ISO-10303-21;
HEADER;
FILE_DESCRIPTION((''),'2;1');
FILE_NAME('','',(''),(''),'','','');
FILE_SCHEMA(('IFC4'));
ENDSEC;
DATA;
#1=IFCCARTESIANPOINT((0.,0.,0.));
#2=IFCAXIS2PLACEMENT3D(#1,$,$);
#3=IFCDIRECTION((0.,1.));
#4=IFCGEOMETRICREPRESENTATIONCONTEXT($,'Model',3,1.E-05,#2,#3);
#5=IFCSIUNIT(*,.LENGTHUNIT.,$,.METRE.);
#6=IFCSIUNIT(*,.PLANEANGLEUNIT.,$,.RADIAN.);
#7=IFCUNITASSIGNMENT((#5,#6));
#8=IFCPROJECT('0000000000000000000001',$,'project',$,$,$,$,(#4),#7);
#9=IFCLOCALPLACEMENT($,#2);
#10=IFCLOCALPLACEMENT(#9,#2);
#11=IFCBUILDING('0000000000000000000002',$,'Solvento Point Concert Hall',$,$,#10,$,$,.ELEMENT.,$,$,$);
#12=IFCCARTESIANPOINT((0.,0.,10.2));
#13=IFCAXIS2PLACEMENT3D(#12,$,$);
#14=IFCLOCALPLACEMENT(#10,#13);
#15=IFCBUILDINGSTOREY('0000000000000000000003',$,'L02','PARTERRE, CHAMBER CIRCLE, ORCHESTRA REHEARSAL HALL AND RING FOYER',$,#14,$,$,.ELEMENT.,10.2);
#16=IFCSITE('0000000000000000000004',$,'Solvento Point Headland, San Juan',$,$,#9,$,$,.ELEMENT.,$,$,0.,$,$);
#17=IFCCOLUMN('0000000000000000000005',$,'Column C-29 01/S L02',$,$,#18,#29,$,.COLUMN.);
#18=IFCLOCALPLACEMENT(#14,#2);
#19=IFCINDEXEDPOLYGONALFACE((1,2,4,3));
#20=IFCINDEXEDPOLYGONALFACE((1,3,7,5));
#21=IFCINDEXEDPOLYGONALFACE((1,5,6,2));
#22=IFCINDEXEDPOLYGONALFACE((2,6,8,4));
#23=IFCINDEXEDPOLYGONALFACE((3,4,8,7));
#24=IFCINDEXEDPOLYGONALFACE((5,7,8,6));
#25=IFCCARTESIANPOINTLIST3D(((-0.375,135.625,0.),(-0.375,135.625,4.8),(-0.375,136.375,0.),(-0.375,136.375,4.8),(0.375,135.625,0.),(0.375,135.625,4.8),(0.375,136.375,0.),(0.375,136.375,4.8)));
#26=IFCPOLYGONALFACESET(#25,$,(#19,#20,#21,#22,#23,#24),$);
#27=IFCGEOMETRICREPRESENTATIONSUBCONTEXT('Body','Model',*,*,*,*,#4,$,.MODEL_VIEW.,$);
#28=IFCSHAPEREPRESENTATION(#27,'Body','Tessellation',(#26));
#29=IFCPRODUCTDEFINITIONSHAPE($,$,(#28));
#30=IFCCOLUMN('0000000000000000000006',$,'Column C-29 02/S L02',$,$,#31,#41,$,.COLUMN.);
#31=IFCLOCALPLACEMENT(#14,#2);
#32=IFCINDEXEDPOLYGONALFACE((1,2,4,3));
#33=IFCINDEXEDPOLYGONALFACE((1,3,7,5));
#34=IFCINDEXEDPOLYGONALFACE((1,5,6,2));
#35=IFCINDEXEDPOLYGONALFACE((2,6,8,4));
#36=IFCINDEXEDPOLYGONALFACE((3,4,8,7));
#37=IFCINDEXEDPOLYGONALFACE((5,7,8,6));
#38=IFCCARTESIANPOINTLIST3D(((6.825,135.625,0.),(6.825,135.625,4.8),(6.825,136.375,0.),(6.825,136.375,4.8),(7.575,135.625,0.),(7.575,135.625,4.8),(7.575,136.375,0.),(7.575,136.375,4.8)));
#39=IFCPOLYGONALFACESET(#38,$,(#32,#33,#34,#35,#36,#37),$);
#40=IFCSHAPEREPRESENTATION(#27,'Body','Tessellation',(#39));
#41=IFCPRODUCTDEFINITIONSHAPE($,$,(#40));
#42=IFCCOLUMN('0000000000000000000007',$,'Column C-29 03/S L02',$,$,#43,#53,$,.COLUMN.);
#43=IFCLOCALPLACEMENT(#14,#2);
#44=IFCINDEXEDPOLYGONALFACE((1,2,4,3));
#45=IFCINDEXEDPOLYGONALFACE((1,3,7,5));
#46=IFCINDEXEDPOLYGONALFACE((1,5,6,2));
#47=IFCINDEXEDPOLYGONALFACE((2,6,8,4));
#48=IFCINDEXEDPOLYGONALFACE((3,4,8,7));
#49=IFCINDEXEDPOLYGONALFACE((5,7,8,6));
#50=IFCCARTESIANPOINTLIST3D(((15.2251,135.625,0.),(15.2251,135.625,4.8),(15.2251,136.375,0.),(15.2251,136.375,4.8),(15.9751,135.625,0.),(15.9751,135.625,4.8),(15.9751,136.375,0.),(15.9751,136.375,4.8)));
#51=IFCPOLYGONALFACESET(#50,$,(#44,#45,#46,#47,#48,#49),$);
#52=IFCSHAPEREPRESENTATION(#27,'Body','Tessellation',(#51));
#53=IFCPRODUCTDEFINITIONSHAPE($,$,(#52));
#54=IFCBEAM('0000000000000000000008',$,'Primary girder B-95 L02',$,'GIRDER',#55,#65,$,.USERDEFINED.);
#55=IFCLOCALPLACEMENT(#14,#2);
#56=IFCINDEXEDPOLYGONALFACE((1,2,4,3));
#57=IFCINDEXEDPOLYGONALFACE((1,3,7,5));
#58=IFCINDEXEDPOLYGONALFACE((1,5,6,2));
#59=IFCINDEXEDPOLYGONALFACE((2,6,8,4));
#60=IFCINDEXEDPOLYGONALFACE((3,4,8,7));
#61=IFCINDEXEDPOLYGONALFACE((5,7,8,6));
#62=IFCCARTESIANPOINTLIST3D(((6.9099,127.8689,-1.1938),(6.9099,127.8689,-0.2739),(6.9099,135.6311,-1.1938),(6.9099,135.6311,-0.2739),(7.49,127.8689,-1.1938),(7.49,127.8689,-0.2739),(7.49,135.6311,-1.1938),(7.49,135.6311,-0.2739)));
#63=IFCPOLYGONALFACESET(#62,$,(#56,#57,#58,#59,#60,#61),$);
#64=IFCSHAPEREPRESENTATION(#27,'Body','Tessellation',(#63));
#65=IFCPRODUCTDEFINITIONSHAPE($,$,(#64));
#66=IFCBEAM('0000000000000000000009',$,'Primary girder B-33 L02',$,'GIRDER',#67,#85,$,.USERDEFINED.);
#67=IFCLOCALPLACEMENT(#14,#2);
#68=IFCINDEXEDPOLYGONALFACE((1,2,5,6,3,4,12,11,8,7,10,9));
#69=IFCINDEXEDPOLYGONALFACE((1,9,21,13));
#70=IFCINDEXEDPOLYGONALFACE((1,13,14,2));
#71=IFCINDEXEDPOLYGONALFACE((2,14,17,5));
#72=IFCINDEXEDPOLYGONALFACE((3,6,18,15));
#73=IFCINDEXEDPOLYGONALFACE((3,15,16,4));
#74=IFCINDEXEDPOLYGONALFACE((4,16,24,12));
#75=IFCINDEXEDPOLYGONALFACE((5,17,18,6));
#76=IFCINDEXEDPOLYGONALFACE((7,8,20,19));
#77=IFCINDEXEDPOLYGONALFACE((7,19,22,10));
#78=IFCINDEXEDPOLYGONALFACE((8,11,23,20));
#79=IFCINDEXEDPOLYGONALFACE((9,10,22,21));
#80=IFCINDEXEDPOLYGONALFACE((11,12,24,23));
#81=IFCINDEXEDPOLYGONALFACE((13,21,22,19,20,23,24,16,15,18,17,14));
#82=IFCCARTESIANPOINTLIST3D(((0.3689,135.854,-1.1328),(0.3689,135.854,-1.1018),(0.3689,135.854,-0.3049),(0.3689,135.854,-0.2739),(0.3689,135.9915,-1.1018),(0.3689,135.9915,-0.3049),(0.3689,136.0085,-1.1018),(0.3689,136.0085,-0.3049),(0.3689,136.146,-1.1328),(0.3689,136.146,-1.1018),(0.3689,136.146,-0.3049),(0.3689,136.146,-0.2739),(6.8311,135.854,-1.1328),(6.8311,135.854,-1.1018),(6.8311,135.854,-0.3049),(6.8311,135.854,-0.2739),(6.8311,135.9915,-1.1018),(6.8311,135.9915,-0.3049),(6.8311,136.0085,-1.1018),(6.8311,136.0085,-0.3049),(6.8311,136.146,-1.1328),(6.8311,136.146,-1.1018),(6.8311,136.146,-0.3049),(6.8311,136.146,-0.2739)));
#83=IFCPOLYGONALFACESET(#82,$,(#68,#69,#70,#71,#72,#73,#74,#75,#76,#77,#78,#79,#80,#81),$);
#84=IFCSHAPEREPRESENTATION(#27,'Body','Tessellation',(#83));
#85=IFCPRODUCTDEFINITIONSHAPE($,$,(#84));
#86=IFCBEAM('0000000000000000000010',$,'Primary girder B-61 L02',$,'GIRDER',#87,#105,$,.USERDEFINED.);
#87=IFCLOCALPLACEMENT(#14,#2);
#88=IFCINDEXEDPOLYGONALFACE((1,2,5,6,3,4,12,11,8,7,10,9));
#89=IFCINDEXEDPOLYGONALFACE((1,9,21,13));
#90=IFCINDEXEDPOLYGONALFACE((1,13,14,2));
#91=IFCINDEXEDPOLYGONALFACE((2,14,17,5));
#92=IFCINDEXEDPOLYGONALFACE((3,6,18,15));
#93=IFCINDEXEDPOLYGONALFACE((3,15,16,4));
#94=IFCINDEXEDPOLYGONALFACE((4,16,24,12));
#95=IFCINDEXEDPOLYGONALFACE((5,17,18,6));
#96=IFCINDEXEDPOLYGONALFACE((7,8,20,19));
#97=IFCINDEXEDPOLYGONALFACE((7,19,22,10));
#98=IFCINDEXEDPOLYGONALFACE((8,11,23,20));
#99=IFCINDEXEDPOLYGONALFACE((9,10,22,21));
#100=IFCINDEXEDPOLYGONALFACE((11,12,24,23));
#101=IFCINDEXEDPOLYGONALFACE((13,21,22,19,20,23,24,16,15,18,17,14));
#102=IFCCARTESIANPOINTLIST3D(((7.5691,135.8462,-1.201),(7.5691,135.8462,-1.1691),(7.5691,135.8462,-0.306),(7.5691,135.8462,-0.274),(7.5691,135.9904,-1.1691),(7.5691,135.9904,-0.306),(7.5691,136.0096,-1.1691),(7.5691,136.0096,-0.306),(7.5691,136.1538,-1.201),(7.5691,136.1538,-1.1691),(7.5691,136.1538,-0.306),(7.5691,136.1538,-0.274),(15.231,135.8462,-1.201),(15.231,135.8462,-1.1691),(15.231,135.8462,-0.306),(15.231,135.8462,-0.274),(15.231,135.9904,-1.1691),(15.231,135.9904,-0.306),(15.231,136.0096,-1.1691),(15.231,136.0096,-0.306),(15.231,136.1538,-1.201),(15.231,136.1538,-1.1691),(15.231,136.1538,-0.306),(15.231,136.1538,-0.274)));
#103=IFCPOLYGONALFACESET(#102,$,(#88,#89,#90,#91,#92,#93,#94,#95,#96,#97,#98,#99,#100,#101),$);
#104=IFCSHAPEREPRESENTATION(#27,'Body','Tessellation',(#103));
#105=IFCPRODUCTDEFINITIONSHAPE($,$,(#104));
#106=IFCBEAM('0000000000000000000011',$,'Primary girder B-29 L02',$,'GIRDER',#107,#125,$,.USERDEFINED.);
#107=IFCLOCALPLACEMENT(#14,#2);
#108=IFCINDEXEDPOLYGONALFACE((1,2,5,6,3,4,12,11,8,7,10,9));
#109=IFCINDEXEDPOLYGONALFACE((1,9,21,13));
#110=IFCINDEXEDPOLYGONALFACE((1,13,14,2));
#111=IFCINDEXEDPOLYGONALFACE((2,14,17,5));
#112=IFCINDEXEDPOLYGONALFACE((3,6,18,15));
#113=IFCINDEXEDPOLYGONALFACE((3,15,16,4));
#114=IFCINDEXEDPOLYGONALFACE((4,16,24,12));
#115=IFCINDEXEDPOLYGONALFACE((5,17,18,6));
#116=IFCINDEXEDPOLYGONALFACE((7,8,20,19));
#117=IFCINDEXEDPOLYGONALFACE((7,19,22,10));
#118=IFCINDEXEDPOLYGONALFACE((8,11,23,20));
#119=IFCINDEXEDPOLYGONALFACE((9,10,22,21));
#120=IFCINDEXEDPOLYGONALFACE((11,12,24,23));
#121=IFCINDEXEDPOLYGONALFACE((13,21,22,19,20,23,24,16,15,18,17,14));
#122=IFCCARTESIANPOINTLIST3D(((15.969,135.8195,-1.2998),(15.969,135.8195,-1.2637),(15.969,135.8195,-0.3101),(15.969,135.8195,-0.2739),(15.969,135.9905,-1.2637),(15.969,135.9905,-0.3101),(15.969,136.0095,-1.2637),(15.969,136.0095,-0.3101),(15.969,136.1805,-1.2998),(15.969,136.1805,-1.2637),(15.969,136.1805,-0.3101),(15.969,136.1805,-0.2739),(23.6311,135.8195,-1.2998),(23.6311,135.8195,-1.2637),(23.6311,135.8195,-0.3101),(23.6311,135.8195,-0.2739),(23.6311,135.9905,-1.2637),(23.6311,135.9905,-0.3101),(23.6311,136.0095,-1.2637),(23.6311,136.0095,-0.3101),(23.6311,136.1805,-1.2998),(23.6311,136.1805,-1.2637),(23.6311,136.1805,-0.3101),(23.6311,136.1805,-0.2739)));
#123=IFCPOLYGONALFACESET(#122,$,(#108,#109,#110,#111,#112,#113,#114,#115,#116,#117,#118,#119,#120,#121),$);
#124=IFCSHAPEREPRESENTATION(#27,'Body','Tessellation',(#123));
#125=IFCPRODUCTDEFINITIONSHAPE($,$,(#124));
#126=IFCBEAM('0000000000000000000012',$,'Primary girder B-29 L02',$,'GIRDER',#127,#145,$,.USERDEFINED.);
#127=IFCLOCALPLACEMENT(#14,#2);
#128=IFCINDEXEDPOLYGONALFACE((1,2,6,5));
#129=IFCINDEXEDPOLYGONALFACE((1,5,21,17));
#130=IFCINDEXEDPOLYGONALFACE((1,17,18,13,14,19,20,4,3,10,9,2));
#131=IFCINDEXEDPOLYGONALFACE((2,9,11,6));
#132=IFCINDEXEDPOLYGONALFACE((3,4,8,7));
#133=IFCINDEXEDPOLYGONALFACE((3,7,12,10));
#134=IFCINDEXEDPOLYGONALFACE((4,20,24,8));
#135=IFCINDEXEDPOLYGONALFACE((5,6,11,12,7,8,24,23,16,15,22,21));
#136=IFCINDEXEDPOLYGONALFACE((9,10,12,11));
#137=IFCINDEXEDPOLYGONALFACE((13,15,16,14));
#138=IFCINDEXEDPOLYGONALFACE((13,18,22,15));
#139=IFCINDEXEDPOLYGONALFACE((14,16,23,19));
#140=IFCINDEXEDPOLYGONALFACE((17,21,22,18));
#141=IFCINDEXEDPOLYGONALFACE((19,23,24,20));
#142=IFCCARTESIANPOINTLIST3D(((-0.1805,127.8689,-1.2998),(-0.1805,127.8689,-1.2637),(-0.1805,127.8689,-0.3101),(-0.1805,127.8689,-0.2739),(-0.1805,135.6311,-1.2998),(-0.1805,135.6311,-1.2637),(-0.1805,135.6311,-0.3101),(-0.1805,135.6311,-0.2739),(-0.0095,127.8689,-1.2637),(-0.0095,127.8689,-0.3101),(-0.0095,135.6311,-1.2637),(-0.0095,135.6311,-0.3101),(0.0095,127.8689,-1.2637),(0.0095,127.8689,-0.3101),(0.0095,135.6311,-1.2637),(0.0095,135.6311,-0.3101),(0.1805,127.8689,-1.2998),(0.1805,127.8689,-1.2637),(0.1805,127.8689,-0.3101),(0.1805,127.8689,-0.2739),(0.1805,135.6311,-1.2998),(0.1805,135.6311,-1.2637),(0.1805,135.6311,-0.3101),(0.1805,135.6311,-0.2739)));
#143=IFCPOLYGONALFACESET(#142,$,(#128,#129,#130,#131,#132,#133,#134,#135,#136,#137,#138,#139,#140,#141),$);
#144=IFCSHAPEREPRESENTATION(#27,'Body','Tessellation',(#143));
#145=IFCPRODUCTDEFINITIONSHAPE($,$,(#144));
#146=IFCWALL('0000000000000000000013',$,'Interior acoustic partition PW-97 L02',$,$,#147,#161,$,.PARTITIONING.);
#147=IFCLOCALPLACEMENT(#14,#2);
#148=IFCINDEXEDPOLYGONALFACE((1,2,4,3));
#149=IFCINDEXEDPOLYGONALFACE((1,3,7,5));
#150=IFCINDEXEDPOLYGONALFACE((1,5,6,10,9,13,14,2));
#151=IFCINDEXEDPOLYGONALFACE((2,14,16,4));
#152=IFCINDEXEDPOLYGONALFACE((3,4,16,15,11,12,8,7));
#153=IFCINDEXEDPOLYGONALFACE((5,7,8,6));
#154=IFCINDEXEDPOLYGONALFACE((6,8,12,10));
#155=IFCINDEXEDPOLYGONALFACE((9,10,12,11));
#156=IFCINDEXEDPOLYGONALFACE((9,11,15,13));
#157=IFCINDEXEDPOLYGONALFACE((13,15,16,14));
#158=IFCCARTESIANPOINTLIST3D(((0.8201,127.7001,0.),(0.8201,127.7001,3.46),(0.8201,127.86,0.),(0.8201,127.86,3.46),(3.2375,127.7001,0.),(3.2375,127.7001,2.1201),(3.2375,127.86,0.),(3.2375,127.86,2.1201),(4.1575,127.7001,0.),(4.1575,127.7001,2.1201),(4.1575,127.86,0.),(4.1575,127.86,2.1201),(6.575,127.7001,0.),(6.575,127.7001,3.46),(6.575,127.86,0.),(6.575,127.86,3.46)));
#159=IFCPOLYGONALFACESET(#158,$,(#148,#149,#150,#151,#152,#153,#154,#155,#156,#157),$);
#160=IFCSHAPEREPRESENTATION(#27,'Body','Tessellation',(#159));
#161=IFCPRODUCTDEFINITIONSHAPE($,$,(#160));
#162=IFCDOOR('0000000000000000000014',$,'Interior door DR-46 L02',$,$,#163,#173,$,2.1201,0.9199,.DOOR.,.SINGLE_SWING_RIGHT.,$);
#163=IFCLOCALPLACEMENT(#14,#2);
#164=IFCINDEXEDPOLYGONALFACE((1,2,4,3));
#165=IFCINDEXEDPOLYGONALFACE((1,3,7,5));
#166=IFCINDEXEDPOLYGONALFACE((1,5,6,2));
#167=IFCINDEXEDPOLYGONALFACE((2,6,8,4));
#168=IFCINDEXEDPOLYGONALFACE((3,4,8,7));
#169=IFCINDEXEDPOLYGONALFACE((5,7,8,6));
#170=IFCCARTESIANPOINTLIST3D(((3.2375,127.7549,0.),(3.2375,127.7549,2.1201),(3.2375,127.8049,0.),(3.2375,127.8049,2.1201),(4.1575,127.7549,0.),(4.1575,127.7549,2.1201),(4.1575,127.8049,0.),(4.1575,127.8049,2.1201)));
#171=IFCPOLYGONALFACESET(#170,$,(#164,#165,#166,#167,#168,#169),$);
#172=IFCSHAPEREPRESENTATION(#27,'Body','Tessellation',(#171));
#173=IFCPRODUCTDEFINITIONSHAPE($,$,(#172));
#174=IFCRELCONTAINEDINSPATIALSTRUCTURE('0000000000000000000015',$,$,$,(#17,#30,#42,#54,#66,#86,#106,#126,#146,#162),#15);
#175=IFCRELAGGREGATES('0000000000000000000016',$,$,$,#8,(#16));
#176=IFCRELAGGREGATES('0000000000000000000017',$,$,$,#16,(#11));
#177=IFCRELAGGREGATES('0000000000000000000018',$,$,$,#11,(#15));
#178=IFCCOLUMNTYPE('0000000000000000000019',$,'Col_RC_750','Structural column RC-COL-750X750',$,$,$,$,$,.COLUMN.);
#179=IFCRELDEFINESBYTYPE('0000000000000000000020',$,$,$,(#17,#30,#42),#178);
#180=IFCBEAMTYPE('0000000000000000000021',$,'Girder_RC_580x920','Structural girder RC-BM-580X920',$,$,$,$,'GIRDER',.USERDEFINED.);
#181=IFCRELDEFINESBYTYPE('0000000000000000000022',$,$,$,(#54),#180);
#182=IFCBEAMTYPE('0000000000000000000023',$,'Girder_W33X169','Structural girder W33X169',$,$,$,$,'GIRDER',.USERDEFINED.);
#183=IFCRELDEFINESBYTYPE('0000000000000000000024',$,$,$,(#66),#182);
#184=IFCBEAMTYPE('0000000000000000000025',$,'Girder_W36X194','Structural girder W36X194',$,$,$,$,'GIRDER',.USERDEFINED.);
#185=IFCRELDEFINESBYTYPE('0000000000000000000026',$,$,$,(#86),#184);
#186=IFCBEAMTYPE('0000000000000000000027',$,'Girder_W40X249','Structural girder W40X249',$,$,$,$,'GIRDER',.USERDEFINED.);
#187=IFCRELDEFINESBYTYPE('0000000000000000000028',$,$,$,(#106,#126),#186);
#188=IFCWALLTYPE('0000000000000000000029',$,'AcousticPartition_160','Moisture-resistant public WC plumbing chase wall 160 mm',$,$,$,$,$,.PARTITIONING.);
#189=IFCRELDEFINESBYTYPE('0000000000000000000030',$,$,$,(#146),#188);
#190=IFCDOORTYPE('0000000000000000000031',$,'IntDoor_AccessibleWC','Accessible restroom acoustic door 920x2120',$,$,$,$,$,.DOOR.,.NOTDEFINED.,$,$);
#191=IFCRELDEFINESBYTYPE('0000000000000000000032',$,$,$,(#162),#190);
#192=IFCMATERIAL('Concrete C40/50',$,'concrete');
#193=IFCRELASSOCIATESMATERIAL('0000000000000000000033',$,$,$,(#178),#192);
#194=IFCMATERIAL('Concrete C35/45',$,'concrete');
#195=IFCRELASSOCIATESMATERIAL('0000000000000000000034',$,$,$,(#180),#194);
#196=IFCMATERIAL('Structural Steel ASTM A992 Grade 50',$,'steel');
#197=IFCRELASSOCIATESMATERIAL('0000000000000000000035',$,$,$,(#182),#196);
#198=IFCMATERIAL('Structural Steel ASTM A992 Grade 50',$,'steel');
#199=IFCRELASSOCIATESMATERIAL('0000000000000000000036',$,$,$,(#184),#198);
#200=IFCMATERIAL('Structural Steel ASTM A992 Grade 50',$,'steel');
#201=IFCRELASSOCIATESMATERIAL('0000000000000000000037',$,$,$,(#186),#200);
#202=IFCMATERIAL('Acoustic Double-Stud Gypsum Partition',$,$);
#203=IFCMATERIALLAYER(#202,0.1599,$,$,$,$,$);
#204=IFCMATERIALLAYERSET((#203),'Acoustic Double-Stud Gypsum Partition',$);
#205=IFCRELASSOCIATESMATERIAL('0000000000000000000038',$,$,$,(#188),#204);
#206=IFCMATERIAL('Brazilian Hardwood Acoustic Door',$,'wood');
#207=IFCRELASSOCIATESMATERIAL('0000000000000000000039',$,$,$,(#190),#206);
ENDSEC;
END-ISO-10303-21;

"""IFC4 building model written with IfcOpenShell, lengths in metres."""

from ifc_helpers import new_model, si_unit, direction, frame, frame_2d, origin, origin_2d, place, context, subcontext, project, spatial, rectangle, i_section, extrude, material, layer, layer_set, material_profile, profile_set, type_object, element, fill, save


model = new_model("IFC4")

# Units and contexts
model_context = context("Model", 3, precision=1e-05, world=origin(), true_north=direction((0.0, 1.0)))
body_context = subcontext(model_context, "Body", "Model", "MODEL_VIEW")
ifc_project = project(units=[si_unit("LENGTHUNIT", "METRE"), si_unit("PLANEANGLEUNIT", "RADIAN")], contexts=[model_context])

# Site, building, storey
site_placement = place(None, origin())
site = spatial("IfcSite", under=ifc_project, at=site_placement, Name="Solvento Point Headland, San Juan", CompositionType="ELEMENT", RefElevation=0.0)
building_placement = place(site_placement, origin())
building = spatial("IfcBuilding", under=site, at=building_placement, Name="Solvento Point Concert Hall", CompositionType="ELEMENT")
storey_placement = place(building_placement, frame((0.0, 0.0, 10.2)))
storey = spatial("IfcBuildingStorey", under=building, at=storey_placement, Name="L02", Description="PARTERRE, CHAMBER CIRCLE, ORCHESTRA REHEARSAL HALL AND RING FOYER", CompositionType="ELEMENT", Elevation=10.2)

# Columns
ifc_material_1 = material(Name="Concrete C40/50", Category="concrete")
ifc_material_profile_1 = material_profile(ifc_material_1, rectangle(XDim=0.75, YDim=0.75, at=origin_2d()), Name="RC-COL-750X750")
ifc_profile_set_1 = profile_set([ifc_material_profile_1], Name="Concrete C40/50")
column_type = type_object("IfcColumnType", Name="Col_RC_750", Description="Structural column RC-COL-750X750", PredefinedType="COLUMN", material=ifc_profile_set_1)
for number, where, z_axis, x_axis, name in (
    (1, (0.0, 136.0, 0.0), (0.0, 0.0, 1.0), (1.0, 0.0, 0.0), "Column C-29 01/S L02"),
    (2, (7.2, 136.0, 0.0), (0.0, 0.0, 1.0), (1.0, 0.0, 0.0), "Column C-29 02/S L02"),
    (3, (15.6001, 136.0, 0.0), (0.0, 0.0, 1.0), (1.0, 0.0, 0.0), "Column C-29 03/S L02"),
):
    element("IfcColumn", number, at=place(storey_placement, frame(where, z_axis=z_axis, x_axis=x_axis)), inside=storey, type_object=column_type, Name=name, PredefinedType="COLUMN", context=body_context, shape_type="SweptSolid", body=[
        extrude(rectangle(XDim=0.75, YDim=0.75, at=origin_2d()), origin(), (0.0, 0.0, 1.0), 4.8),
    ])

# Beams
ifc_material_2 = material(Name="Concrete C35/45", Category="concrete")
ifc_material_profile_2 = material_profile(ifc_material_2, rectangle(XDim=0.5801, YDim=0.9199, at=origin_2d()), Name="RC-BM-580X920")
ifc_profile_set_2 = profile_set([ifc_material_profile_2], Name="Concrete C35/45")
beam_type_1 = type_object("IfcBeamType", Name="Girder_RC_580x920", Description="Structural girder RC-BM-580X920", ElementType="GIRDER", PredefinedType="USERDEFINED", material=ifc_profile_set_2)
beam_1_placement = place(storey_placement, frame((7.2, 127.8689, -0.7339), z_axis=(0.0, 1.0, 0.0), x_axis=(-1.0, 0.0, 0.0)))
element("IfcBeam", 4, at=beam_1_placement, inside=storey, type_object=beam_type_1, Name="Primary girder B-95 L02", ObjectType="GIRDER", PredefinedType="USERDEFINED", context=body_context, shape_type="SweptSolid", body=[
    extrude(rectangle(XDim=0.5801, YDim=0.9199, at=origin_2d()), origin(), (0.0, 0.0, 1.0), 7.7622),
])
ifc_material_3 = material(Name="Structural Steel ASTM A992 Grade 50", Category="steel")
ifc_material_profile_3 = material_profile(ifc_material_3, i_section(OverallWidth=0.292, OverallDepth=0.8589, WebThickness=0.0171, FlangeThickness=0.031, at=origin_2d()), Name="W33X169")
ifc_profile_set_3 = profile_set([ifc_material_profile_3], Name="Structural Steel ASTM A992 Grade 50")
beam_type_2 = type_object("IfcBeamType", Name="Girder_W33X169", Description="Structural girder W33X169", ElementType="GIRDER", PredefinedType="USERDEFINED", material=ifc_profile_set_3)
beam_2_placement = place(storey_placement, frame((0.3689, 136.0, -0.7034), z_axis=(1.0, 0.0, 0.0), x_axis=(0.0, 1.0, 0.0)))
element("IfcBeam", 5, at=beam_2_placement, inside=storey, type_object=beam_type_2, Name="Primary girder B-33 L02", ObjectType="GIRDER", PredefinedType="USERDEFINED", context=body_context, shape_type="SweptSolid", body=[
    extrude(i_section(OverallWidth=0.292, OverallDepth=0.8589, WebThickness=0.0171, FlangeThickness=0.031, at=origin_2d()), origin(), (0.0, 0.0, 1.0), 6.4622),
])
ifc_material_4 = material(Name="Structural Steel ASTM A992 Grade 50", Category="steel")
ifc_material_profile_4 = material_profile(ifc_material_4, i_section(OverallWidth=0.3076, OverallDepth=0.927, WebThickness=0.0193, FlangeThickness=0.032, at=origin_2d()), Name="W36X194")
ifc_profile_set_4 = profile_set([ifc_material_profile_4], Name="Structural Steel ASTM A992 Grade 50")
beam_type_3 = type_object("IfcBeamType", Name="Girder_W36X194", Description="Structural girder W36X194", ElementType="GIRDER", PredefinedType="USERDEFINED", material=ifc_profile_set_4)
beam_3_placement = place(storey_placement, frame((7.5691, 136.0, -0.7375), z_axis=(1.0, 0.0, 0.0), x_axis=(0.0, 1.0, 0.0)))
element("IfcBeam", 6, at=beam_3_placement, inside=storey, type_object=beam_type_3, Name="Primary girder B-61 L02", ObjectType="GIRDER", PredefinedType="USERDEFINED", context=body_context, shape_type="SweptSolid", body=[
    extrude(i_section(OverallWidth=0.3076, OverallDepth=0.927, WebThickness=0.0193, FlangeThickness=0.032, at=origin_2d()), origin(), (0.0, 0.0, 1.0), 7.6619),
])
ifc_material_5 = material(Name="Structural Steel ASTM A992 Grade 50", Category="steel")
ifc_material_profile_5 = material_profile(ifc_material_5, i_section(OverallWidth=0.3611, OverallDepth=1.0259, WebThickness=0.019, FlangeThickness=0.0361, at=origin_2d()), Name="W40X249")
ifc_profile_set_5 = profile_set([ifc_material_profile_5], Name="Structural Steel ASTM A992 Grade 50")
beam_type_4 = type_object("IfcBeamType", Name="Girder_W40X249", Description="Structural girder W40X249", ElementType="GIRDER", PredefinedType="USERDEFINED", material=ifc_profile_set_5)
beam_4_placement = place(storey_placement, frame((15.969, 136.0, -0.7869), z_axis=(1.0, 0.0, 0.0), x_axis=(0.0, 1.0, 0.0)))
element("IfcBeam", 7, at=beam_4_placement, inside=storey, type_object=beam_type_4, Name="Primary girder B-29 L02", ObjectType="GIRDER", PredefinedType="USERDEFINED", context=body_context, shape_type="SweptSolid", body=[
    extrude(i_section(OverallWidth=0.3611, OverallDepth=1.0259, WebThickness=0.019, FlangeThickness=0.0361, at=origin_2d()), origin(), (0.0, 0.0, 1.0), 7.6621),
])
beam_5_placement = place(storey_placement, frame((0.0, 127.8689, -0.7869), z_axis=(0.0, 1.0, 0.0), x_axis=(-1.0, 0.0, 0.0)))
element("IfcBeam", 8, at=beam_5_placement, inside=storey, type_object=beam_type_4, Name="Primary girder B-29 L02", ObjectType="GIRDER", PredefinedType="USERDEFINED", context=body_context, shape_type="SweptSolid", body=[
    extrude(i_section(OverallWidth=0.3611, OverallDepth=1.0259, WebThickness=0.019, FlangeThickness=0.0361, at=origin_2d()), origin(), (0.0, 0.0, 1.0), 7.7622),
])

# Wall, opening, door
ifc_material_6 = material(Name="Acoustic Double-Stud Gypsum Partition")
ifc_layer_1 = layer(ifc_material_6, 0.1599)
ifc_layer_set_1 = layer_set([ifc_layer_1], Name="Acoustic Double-Stud Gypsum Partition")
wall_type_1 = type_object("IfcWallType", Name="AcousticPartition_160", Description="Moisture-resistant public WC plumbing chase wall 160 mm", PredefinedType="PARTITIONING", material=ifc_layer_set_1)
wall_1_placement = place(storey_placement, frame((0.8201, 127.78, 0.0), z_axis=(0.0, 0.0, 1.0), x_axis=(1.0, 0.0, 0.0)))
wall_1 = element("IfcWall", 9, at=wall_1_placement, inside=storey, type_object=wall_type_1, Name="Interior acoustic partition PW-97 L02", PredefinedType="PARTITIONING", context=body_context, shape_type="SweptSolid", body=[
    extrude(rectangle(XDim=5.7549, YDim=0.1599, at=frame_2d((2.8774, 0.0))), origin(), (0.0, 0.0, 1.0), 3.46),
])
opening_1_placement = place(wall_1_placement, frame((2.4175, 0.0, 0.0)))
opening_1 = element("IfcOpeningElement", 10, at=opening_1_placement, cuts=wall_1, PredefinedType="OPENING", context=body_context, shape_type="SweptSolid", body=[
    extrude(rectangle(XDim=0.9199, YDim=2.1201, at=frame_2d((0.46, 1.0601))), frame((0.0, 0.0898, 0.0), z_axis=(0.0, -1.0, 0.0), x_axis=(1.0, 0.0, 0.0)), (0.0, 0.0, 1.0), 0.1799),
])
ifc_material_7 = material(Name="Brazilian Hardwood Acoustic Door", Category="wood")
door_type_1 = type_object("IfcDoorType", Name="IntDoor_AccessibleWC", Description="Accessible restroom acoustic door 920x2120", OperationType="NOTDEFINED", PredefinedType="DOOR", material=ifc_material_7)
door_1_placement = place(opening_1_placement, origin())
door_1 = element("IfcDoor", 11, at=door_1_placement, inside=storey, type_object=door_type_1, Name="Interior door DR-46 L02", OperationType="SINGLE_SWING_RIGHT", OverallHeight=2.1201, OverallWidth=0.9199, PredefinedType="DOOR", context=body_context, shape_type="SweptSolid", body=[
    extrude(rectangle(XDim=0.9199, YDim=2.1201, at=frame_2d((0.46, 1.0601))), frame((0.0, 0.0249, 0.0), z_axis=(0.0, -1.0, 0.0), x_axis=(1.0, 0.0, 0.0)), (0.0, 0.0, 1.0), 0.05),
])
fill(opening_1, door_1)

save(model, "model.ifc")
